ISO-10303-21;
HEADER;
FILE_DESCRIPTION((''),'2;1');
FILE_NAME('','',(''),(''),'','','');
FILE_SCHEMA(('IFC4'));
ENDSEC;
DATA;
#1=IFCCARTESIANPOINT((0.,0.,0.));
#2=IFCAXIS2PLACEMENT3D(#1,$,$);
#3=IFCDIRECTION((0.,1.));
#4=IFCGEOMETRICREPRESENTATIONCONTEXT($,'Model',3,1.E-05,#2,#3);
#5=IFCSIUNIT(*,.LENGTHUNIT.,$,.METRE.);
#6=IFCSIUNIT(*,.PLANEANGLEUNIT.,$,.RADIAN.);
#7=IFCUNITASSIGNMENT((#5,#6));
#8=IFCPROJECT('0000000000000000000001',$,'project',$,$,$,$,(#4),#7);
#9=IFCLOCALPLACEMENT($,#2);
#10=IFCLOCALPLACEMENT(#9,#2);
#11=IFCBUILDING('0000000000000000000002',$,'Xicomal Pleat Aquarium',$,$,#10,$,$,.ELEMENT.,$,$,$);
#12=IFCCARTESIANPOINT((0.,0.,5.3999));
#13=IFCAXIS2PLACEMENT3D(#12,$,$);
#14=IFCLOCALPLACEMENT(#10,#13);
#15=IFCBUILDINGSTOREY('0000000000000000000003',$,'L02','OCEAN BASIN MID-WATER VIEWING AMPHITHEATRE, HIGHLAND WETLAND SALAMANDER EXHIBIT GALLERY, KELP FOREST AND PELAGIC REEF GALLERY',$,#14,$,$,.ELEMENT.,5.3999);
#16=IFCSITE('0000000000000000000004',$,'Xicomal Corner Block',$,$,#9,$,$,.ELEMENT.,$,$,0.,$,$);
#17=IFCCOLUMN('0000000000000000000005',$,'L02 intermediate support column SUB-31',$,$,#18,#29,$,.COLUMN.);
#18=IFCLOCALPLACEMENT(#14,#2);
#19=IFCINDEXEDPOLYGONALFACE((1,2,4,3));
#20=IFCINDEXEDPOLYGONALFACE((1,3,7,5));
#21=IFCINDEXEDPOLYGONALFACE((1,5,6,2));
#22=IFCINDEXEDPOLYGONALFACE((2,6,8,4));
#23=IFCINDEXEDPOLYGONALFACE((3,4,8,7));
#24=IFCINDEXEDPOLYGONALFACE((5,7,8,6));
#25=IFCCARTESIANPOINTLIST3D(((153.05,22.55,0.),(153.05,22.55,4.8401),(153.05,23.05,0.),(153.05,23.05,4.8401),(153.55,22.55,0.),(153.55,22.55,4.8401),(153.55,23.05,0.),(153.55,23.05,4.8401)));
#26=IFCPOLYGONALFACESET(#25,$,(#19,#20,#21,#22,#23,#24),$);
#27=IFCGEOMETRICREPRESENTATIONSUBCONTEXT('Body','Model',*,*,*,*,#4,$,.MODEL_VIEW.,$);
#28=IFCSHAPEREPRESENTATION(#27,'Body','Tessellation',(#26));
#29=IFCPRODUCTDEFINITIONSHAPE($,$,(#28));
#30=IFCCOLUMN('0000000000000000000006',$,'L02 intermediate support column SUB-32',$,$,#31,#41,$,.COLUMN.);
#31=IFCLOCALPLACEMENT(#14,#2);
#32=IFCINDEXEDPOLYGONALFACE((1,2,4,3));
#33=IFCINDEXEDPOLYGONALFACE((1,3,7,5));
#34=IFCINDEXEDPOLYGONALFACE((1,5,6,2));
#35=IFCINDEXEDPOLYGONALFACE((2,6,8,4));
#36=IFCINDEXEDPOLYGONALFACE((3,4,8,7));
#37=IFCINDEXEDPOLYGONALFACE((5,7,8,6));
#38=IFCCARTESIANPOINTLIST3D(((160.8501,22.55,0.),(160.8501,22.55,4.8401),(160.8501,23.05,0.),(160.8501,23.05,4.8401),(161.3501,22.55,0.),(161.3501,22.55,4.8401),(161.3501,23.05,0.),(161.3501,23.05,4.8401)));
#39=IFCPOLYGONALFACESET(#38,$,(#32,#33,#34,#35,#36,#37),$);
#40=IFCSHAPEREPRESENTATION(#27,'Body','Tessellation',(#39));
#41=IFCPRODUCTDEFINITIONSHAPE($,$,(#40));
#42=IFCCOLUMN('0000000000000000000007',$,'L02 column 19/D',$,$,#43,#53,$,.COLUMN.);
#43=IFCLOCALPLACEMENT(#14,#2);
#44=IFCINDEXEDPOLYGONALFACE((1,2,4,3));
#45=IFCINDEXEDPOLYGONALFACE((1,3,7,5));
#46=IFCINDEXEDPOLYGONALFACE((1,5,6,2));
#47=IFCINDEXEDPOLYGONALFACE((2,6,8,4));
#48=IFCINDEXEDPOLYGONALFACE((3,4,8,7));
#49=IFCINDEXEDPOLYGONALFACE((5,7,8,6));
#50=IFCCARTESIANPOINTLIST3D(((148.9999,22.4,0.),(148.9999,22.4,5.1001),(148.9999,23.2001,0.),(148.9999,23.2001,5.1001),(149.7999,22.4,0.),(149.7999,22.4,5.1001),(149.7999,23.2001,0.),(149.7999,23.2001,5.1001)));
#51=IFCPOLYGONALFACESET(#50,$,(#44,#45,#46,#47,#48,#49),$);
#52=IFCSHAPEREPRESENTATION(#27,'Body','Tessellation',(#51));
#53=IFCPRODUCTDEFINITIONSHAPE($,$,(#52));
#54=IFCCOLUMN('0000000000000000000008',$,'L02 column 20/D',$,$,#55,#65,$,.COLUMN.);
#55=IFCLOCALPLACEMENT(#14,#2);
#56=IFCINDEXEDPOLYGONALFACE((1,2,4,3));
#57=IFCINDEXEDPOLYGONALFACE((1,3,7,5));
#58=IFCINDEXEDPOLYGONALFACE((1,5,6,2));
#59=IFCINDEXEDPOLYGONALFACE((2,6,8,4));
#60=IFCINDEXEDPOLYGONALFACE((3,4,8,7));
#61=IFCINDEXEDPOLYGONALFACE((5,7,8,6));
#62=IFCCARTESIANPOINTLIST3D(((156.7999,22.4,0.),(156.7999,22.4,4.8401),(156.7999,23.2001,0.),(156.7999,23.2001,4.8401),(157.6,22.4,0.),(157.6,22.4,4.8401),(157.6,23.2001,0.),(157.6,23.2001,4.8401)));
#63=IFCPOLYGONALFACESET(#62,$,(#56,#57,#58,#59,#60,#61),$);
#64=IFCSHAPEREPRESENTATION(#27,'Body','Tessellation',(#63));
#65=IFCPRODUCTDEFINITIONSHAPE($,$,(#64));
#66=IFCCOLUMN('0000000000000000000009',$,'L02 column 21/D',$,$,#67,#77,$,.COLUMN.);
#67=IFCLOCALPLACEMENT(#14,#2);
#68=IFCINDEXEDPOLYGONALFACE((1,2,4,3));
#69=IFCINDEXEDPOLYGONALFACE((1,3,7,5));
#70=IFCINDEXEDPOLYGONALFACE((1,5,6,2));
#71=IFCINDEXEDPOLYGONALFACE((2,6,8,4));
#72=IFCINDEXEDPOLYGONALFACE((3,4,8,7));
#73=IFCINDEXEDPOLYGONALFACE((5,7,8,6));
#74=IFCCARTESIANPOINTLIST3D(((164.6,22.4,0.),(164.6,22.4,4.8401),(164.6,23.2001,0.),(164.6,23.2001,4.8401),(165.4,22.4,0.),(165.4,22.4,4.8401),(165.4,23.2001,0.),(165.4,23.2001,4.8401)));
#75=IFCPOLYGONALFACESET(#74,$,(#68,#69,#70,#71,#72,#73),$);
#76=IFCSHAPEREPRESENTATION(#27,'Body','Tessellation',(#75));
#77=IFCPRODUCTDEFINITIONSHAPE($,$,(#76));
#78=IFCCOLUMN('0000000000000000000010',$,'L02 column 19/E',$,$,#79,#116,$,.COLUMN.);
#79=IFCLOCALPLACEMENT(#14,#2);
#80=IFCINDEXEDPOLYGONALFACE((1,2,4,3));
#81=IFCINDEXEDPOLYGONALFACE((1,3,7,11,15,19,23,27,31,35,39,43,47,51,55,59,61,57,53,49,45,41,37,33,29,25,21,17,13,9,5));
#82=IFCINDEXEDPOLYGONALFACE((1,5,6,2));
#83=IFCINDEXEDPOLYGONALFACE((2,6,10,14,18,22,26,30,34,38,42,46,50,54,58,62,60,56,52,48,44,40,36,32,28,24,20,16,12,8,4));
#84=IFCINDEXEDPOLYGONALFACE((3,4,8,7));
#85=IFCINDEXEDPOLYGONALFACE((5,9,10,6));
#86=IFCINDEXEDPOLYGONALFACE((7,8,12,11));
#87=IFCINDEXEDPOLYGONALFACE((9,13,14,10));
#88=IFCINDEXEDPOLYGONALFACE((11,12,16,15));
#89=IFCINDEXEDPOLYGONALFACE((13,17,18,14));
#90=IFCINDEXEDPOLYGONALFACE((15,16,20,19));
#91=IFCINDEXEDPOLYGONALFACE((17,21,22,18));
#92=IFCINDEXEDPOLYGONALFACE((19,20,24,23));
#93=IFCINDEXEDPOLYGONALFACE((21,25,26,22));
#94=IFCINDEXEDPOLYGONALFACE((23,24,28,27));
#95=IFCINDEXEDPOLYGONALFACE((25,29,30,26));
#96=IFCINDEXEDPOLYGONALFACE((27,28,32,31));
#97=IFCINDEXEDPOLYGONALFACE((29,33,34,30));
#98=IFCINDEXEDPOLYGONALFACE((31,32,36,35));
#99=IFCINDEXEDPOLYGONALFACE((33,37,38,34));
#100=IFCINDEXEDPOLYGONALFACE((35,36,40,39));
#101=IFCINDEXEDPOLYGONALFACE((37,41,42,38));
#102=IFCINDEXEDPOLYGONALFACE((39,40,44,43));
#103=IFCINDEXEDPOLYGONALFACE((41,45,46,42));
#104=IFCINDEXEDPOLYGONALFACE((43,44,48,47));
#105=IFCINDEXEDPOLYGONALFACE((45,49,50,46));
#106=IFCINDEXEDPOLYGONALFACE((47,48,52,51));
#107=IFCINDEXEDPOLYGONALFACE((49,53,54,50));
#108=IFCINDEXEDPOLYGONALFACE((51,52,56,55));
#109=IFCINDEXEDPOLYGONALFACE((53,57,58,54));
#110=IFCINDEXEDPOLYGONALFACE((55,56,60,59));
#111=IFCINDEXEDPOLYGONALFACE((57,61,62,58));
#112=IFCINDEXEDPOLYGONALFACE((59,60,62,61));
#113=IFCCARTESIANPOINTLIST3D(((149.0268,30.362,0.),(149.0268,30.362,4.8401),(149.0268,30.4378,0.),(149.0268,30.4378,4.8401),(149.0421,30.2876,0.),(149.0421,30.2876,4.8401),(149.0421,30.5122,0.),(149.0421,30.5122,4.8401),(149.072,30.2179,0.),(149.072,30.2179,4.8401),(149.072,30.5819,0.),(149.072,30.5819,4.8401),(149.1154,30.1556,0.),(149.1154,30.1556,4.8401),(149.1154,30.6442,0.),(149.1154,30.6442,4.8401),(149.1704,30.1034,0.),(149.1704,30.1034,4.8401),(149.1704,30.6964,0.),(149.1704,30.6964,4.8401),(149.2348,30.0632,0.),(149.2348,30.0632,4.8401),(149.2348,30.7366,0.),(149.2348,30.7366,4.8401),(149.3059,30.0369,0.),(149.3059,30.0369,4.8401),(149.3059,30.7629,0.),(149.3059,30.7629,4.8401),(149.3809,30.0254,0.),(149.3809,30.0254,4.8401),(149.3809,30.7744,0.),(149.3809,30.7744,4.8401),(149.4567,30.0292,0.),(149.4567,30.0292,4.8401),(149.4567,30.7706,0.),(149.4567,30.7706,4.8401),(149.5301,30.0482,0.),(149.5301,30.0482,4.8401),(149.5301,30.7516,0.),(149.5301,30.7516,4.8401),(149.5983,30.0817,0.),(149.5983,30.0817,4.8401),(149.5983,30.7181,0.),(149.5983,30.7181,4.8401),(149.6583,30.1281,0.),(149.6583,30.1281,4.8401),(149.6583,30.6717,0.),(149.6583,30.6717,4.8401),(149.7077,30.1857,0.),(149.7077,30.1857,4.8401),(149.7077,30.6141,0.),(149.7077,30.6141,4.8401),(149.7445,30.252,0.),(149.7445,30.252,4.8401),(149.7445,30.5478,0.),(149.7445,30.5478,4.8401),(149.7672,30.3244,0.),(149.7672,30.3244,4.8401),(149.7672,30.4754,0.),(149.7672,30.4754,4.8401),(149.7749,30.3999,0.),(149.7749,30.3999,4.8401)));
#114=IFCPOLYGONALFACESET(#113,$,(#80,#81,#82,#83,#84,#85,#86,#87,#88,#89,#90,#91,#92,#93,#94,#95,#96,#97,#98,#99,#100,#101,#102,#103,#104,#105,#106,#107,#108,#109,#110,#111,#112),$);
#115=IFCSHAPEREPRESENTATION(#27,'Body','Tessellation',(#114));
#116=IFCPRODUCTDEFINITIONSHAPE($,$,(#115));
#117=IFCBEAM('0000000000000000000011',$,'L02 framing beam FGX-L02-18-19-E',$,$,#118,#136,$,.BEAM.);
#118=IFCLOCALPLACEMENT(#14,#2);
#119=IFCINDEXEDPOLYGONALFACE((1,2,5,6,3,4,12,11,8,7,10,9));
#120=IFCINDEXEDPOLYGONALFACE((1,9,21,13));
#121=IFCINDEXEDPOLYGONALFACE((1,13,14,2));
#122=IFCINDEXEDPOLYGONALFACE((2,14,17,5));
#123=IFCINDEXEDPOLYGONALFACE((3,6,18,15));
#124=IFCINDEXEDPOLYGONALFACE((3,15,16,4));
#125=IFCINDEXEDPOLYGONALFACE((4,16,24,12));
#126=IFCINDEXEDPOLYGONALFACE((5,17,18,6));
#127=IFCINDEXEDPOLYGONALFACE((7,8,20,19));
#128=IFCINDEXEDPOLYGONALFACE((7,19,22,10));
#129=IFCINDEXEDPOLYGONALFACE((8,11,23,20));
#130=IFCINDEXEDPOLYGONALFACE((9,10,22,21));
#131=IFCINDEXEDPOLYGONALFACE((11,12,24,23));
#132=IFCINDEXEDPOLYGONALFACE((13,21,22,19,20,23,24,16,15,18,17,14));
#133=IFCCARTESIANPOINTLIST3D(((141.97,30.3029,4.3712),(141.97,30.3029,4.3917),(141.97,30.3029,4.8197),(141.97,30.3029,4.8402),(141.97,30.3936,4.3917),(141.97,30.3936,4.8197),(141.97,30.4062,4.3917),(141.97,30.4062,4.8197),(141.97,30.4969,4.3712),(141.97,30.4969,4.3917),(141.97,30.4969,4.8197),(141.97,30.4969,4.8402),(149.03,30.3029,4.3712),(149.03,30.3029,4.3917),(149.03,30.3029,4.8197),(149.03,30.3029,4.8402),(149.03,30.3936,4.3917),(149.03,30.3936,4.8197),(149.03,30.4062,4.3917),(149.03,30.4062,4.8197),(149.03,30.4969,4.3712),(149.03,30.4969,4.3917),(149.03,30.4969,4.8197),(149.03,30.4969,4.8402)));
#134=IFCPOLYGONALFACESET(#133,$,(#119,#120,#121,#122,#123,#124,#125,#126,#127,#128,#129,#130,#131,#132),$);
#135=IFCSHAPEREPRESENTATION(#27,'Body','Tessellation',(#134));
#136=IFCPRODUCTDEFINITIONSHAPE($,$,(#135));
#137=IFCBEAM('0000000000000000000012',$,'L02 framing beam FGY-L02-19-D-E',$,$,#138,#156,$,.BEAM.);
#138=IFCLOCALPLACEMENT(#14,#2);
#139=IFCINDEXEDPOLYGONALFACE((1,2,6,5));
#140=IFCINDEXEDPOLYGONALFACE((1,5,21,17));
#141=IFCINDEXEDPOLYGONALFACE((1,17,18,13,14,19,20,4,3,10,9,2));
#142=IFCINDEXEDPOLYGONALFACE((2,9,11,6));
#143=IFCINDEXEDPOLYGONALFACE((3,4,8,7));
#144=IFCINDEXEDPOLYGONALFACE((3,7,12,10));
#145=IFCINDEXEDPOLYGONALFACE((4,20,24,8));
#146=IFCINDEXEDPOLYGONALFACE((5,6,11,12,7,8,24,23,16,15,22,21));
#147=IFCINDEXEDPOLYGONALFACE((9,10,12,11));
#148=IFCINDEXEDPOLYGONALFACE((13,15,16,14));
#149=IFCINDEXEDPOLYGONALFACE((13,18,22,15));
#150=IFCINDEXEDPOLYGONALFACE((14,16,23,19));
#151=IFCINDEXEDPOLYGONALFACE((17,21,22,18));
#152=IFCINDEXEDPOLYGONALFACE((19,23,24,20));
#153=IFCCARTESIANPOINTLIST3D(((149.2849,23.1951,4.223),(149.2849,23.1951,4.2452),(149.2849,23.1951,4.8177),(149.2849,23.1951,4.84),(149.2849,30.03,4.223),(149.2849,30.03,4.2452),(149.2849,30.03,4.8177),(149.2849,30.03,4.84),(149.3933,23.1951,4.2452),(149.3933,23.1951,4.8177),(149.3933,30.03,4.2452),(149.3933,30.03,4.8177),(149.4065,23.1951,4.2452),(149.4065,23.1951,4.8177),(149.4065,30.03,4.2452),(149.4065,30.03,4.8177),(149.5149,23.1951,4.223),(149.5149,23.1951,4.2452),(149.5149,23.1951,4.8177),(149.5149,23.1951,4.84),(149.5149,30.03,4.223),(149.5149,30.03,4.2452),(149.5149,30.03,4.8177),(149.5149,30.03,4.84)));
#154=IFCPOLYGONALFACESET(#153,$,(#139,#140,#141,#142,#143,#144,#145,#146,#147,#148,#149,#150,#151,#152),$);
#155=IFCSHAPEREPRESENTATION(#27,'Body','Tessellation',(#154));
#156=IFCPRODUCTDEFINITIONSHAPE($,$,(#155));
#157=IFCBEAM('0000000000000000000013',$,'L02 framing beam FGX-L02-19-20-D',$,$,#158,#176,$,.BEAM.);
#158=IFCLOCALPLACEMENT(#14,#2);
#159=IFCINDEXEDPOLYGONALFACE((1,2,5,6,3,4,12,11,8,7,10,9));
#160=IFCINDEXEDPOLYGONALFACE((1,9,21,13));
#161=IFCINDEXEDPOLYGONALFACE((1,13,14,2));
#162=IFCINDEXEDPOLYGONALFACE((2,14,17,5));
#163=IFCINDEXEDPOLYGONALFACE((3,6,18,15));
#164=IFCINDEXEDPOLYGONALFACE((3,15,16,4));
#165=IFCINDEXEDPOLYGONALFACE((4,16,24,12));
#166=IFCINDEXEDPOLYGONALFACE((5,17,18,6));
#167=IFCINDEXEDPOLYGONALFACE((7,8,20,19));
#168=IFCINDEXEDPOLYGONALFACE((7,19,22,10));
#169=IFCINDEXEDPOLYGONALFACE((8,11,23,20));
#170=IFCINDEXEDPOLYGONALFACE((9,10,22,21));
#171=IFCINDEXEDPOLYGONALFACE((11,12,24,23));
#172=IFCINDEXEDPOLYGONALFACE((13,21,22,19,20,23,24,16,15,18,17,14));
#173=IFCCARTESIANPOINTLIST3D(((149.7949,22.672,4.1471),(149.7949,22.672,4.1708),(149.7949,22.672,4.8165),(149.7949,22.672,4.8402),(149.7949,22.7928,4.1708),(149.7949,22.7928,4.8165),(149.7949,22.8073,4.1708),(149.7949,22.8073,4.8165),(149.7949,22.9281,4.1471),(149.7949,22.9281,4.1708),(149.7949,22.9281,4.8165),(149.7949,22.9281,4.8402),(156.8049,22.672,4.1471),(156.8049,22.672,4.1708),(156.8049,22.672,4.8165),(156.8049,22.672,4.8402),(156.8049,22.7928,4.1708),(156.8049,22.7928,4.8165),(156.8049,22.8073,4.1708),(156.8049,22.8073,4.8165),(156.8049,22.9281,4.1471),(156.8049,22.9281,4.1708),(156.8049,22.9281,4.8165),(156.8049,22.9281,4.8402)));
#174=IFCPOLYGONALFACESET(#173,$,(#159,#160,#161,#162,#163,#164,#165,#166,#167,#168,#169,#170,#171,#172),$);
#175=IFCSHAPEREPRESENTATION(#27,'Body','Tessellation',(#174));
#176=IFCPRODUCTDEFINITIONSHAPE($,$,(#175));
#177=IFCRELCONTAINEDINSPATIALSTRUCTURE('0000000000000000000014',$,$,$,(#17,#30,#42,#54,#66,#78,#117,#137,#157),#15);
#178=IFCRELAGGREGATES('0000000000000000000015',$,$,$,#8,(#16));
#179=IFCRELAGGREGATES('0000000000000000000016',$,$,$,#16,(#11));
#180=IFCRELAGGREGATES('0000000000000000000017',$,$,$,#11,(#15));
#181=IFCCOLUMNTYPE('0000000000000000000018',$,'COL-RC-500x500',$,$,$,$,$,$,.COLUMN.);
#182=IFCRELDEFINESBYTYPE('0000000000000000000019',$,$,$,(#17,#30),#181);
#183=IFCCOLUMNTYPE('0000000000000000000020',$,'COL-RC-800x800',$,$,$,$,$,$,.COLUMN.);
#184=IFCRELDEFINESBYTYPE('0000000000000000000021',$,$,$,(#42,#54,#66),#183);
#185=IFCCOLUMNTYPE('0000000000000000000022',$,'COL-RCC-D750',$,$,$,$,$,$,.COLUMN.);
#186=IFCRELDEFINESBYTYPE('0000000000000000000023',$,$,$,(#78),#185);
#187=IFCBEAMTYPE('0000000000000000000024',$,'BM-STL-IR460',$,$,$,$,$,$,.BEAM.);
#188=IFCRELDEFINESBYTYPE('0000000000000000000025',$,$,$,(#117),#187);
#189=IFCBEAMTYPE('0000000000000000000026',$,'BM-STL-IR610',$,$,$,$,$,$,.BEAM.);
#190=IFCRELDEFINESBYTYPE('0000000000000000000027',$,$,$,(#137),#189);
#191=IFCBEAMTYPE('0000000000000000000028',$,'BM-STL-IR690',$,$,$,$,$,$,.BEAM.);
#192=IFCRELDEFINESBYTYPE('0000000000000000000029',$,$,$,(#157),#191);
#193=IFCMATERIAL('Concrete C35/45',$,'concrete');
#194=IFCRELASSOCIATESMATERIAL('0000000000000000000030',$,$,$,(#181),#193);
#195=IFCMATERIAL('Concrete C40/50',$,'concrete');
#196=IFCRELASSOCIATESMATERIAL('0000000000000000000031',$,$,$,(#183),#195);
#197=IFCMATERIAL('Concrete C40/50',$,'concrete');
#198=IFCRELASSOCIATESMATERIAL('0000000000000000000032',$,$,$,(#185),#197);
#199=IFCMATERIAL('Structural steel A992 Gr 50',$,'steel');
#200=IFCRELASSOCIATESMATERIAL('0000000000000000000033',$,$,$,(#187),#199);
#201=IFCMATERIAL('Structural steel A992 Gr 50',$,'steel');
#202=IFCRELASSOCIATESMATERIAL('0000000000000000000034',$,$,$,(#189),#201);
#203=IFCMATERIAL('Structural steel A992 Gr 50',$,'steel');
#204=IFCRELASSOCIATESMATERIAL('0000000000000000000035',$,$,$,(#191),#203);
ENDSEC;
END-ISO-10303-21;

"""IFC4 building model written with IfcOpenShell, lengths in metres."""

from ifc_helpers import new_model, si_unit, direction, frame, origin, origin_2d, place, context, subcontext, project, spatial, rectangle, circle, i_section, extrude, material, material_profile, profile_set, type_object, element, save


model = new_model("IFC4")

# Units and contexts
model_context = context("Model", 3, precision=1e-05, world=origin(), true_north=direction((0.0, 1.0)))
body_context = subcontext(model_context, "Body", "Model", "MODEL_VIEW")
ifc_project = project(units=[si_unit("LENGTHUNIT", "METRE"), si_unit("PLANEANGLEUNIT", "RADIAN")], contexts=[model_context])

# Site, building, storey
site_placement = place(None, origin())
site = spatial("IfcSite", under=ifc_project, at=site_placement, Name="Xicomal Corner Block", CompositionType="ELEMENT", RefElevation=0.0)
building_placement = place(site_placement, origin())
building = spatial("IfcBuilding", under=site, at=building_placement, Name="Xicomal Pleat Aquarium", CompositionType="ELEMENT")
storey_placement = place(building_placement, frame((0.0, 0.0, 5.3999)))
storey = spatial("IfcBuildingStorey", under=building, at=storey_placement, Name="L02", Description="OCEAN BASIN MID-WATER VIEWING AMPHITHEATRE, HIGHLAND WETLAND SALAMANDER EXHIBIT GALLERY, KELP FOREST AND PELAGIC REEF GALLERY", CompositionType="ELEMENT", Elevation=5.3999)

# Columns
ifc_material_1 = material(Name="Concrete C35/45", Category="concrete")
ifc_material_profile_1 = material_profile(ifc_material_1, rectangle(XDim=0.5, YDim=0.5, at=origin_2d()), Name="RC 500x500")
ifc_profile_set_1 = profile_set([ifc_material_profile_1], Name="Concrete C35/45")
column_type_1 = type_object("IfcColumnType", Name="COL-RC-500x500", PredefinedType="COLUMN", material=ifc_profile_set_1)
for number, where, z_axis, x_axis, name in (
    (1, (153.3, 22.8, 0.0), (0.0, 0.0, 1.0), (1.0, 0.0, 0.0), "L02 intermediate support column SUB-31"),
    (2, (161.1001, 22.8, 0.0), (0.0, 0.0, 1.0), (1.0, 0.0, 0.0), "L02 intermediate support column SUB-32"),
):
    element("IfcColumn", number, at=place(storey_placement, frame(where, z_axis=z_axis, x_axis=x_axis)), inside=storey, type_object=column_type_1, Name=name, PredefinedType="COLUMN", context=body_context, shape_type="SweptSolid", body=[
        extrude(rectangle(XDim=0.5, YDim=0.5, at=origin_2d()), origin(), (0.0, 0.0, 1.0), 4.8401),
    ])
ifc_material_2 = material(Name="Concrete C40/50", Category="concrete")
ifc_material_profile_2 = material_profile(ifc_material_2, rectangle(XDim=0.8, YDim=0.8, at=origin_2d()), Name="RC 800x800")
ifc_profile_set_2 = profile_set([ifc_material_profile_2], Name="Concrete C40/50")
column_type_2 = type_object("IfcColumnType", Name="COL-RC-800x800", PredefinedType="COLUMN", material=ifc_profile_set_2)
column_1_placement = place(storey_placement, frame((149.3999, 22.8, 0.0), z_axis=(0.0, 0.0, 1.0), x_axis=(1.0, 0.0, 0.0)))
element("IfcColumn", 3, at=column_1_placement, inside=storey, type_object=column_type_2, Name="L02 column 19/D", PredefinedType="COLUMN", context=body_context, shape_type="SweptSolid", body=[
    extrude(rectangle(XDim=0.8, YDim=0.8, at=origin_2d()), origin(), (0.0, 0.0, 1.0), 5.1001),
])
for number, where, z_axis, x_axis, name in (
    (4, (157.2, 22.8, 0.0), (0.0, 0.0, 1.0), (1.0, 0.0, 0.0), "L02 column 20/D"),
    (5, (165.0, 22.8, 0.0), (0.0, 0.0, 1.0), (1.0, 0.0, 0.0), "L02 column 21/D"),
):
    element("IfcColumn", number, at=place(storey_placement, frame(where, z_axis=z_axis, x_axis=x_axis)), inside=storey, type_object=column_type_2, Name=name, PredefinedType="COLUMN", context=body_context, shape_type="SweptSolid", body=[
        extrude(rectangle(XDim=0.8, YDim=0.8, at=origin_2d()), origin(), (0.0, 0.0, 1.0), 4.8401),
    ])
ifc_material_3 = material(Name="Concrete C40/50", Category="concrete")
ifc_material_profile_3 = material_profile(ifc_material_3, circle(Radius=0.375, at=origin_2d()), Name="RCC D750")
ifc_profile_set_3 = profile_set([ifc_material_profile_3], Name="Concrete C40/50")
column_type_3 = type_object("IfcColumnType", Name="COL-RCC-D750", PredefinedType="COLUMN", material=ifc_profile_set_3)
column_2_placement = place(storey_placement, frame((149.3999, 30.3999, 0.0), z_axis=(0.0, 0.0, 1.0), x_axis=(1.0, 0.0, 0.0)))
element("IfcColumn", 6, at=column_2_placement, inside=storey, type_object=column_type_3, Name="L02 column 19/E", PredefinedType="COLUMN", context=body_context, shape_type="SweptSolid", body=[
    extrude(circle(Radius=0.375, at=origin_2d()), origin(), (0.0, 0.0, 1.0), 4.8401),
])

# Beams
ifc_material_4 = material(Name="Structural steel A992 Gr 50", Category="steel")
ifc_material_profile_4 = material_profile(ifc_material_4, i_section(OverallWidth=0.1941, OverallDepth=0.469, WebThickness=0.0127, FlangeThickness=0.0205, at=origin_2d()), Name="IR 460x106")
ifc_profile_set_4 = profile_set([ifc_material_profile_4], Name="Structural steel A992 Gr 50")
beam_type_1 = type_object("IfcBeamType", Name="BM-STL-IR460", PredefinedType="BEAM", material=ifc_profile_set_4)
beam_1_placement = place(storey_placement, frame((141.97, 30.3999, 4.6057), z_axis=(1.0, 0.0, 0.0), x_axis=(0.0, 1.0, 0.0)))
element("IfcBeam", 7, at=beam_1_placement, inside=storey, type_object=beam_type_1, Name="L02 framing beam FGX-L02-18-19-E", PredefinedType="BEAM", context=body_context, shape_type="SweptSolid", body=[
    extrude(i_section(OverallWidth=0.1941, OverallDepth=0.469, WebThickness=0.0127, FlangeThickness=0.0205, at=origin_2d()), origin(), (0.0, 0.0, 1.0), 7.0601),
])
ifc_material_5 = material(Name="Structural steel A992 Gr 50", Category="steel")
ifc_material_profile_5 = material_profile(ifc_material_5, i_section(OverallWidth=0.23, OverallDepth=0.6169, WebThickness=0.0132, FlangeThickness=0.0222, at=origin_2d()), Name="IR 610x140")
ifc_profile_set_5 = profile_set([ifc_material_profile_5], Name="Structural steel A992 Gr 50")
beam_type_2 = type_object("IfcBeamType", Name="BM-STL-IR610", PredefinedType="BEAM", material=ifc_profile_set_5)
beam_2_placement = place(storey_placement, frame((149.3999, 23.1951, 4.5315), z_axis=(0.0, 1.0, 0.0), x_axis=(-1.0, 0.0, 0.0)))
element("IfcBeam", 8, at=beam_2_placement, inside=storey, type_object=beam_type_2, Name="L02 framing beam FGY-L02-19-D-E", PredefinedType="BEAM", context=body_context, shape_type="SweptSolid", body=[
    extrude(i_section(OverallWidth=0.23, OverallDepth=0.6169, WebThickness=0.0132, FlangeThickness=0.0222, at=origin_2d()), origin(), (0.0, 0.0, 1.0), 6.835),
])
ifc_material_6 = material(Name="Structural steel A992 Gr 50", Category="steel")
ifc_material_profile_6 = material_profile(ifc_material_6, i_section(OverallWidth=0.2561, OverallDepth=0.6931, WebThickness=0.0144, FlangeThickness=0.0237, at=origin_2d()), Name="IR 690x170")
ifc_profile_set_6 = profile_set([ifc_material_profile_6], Name="Structural steel A992 Gr 50")
beam_type_3 = type_object("IfcBeamType", Name="BM-STL-IR690", PredefinedType="BEAM", material=ifc_profile_set_6)
for number, where, z_axis, x_axis, name in (
    (9, (149.7949, 22.8, 4.4937), (1.0, 0.0, 0.0), (0.0, 1.0, 0.0), "L02 framing beam FGX-L02-19-20-D"),
):
    element("IfcBeam", number, at=place(storey_placement, frame(where, z_axis=z_axis, x_axis=x_axis)), inside=storey, type_object=beam_type_3, Name=name, PredefinedType="BEAM", context=body_context, shape_type="SweptSolid", body=[
        extrude(i_section(OverallWidth=0.2561, OverallDepth=0.6931, WebThickness=0.0144, FlangeThickness=0.0237, at=origin_2d()), origin(), (0.0, 0.0, 1.0), 7.01),
    ])

save(model, "model.ifc")
